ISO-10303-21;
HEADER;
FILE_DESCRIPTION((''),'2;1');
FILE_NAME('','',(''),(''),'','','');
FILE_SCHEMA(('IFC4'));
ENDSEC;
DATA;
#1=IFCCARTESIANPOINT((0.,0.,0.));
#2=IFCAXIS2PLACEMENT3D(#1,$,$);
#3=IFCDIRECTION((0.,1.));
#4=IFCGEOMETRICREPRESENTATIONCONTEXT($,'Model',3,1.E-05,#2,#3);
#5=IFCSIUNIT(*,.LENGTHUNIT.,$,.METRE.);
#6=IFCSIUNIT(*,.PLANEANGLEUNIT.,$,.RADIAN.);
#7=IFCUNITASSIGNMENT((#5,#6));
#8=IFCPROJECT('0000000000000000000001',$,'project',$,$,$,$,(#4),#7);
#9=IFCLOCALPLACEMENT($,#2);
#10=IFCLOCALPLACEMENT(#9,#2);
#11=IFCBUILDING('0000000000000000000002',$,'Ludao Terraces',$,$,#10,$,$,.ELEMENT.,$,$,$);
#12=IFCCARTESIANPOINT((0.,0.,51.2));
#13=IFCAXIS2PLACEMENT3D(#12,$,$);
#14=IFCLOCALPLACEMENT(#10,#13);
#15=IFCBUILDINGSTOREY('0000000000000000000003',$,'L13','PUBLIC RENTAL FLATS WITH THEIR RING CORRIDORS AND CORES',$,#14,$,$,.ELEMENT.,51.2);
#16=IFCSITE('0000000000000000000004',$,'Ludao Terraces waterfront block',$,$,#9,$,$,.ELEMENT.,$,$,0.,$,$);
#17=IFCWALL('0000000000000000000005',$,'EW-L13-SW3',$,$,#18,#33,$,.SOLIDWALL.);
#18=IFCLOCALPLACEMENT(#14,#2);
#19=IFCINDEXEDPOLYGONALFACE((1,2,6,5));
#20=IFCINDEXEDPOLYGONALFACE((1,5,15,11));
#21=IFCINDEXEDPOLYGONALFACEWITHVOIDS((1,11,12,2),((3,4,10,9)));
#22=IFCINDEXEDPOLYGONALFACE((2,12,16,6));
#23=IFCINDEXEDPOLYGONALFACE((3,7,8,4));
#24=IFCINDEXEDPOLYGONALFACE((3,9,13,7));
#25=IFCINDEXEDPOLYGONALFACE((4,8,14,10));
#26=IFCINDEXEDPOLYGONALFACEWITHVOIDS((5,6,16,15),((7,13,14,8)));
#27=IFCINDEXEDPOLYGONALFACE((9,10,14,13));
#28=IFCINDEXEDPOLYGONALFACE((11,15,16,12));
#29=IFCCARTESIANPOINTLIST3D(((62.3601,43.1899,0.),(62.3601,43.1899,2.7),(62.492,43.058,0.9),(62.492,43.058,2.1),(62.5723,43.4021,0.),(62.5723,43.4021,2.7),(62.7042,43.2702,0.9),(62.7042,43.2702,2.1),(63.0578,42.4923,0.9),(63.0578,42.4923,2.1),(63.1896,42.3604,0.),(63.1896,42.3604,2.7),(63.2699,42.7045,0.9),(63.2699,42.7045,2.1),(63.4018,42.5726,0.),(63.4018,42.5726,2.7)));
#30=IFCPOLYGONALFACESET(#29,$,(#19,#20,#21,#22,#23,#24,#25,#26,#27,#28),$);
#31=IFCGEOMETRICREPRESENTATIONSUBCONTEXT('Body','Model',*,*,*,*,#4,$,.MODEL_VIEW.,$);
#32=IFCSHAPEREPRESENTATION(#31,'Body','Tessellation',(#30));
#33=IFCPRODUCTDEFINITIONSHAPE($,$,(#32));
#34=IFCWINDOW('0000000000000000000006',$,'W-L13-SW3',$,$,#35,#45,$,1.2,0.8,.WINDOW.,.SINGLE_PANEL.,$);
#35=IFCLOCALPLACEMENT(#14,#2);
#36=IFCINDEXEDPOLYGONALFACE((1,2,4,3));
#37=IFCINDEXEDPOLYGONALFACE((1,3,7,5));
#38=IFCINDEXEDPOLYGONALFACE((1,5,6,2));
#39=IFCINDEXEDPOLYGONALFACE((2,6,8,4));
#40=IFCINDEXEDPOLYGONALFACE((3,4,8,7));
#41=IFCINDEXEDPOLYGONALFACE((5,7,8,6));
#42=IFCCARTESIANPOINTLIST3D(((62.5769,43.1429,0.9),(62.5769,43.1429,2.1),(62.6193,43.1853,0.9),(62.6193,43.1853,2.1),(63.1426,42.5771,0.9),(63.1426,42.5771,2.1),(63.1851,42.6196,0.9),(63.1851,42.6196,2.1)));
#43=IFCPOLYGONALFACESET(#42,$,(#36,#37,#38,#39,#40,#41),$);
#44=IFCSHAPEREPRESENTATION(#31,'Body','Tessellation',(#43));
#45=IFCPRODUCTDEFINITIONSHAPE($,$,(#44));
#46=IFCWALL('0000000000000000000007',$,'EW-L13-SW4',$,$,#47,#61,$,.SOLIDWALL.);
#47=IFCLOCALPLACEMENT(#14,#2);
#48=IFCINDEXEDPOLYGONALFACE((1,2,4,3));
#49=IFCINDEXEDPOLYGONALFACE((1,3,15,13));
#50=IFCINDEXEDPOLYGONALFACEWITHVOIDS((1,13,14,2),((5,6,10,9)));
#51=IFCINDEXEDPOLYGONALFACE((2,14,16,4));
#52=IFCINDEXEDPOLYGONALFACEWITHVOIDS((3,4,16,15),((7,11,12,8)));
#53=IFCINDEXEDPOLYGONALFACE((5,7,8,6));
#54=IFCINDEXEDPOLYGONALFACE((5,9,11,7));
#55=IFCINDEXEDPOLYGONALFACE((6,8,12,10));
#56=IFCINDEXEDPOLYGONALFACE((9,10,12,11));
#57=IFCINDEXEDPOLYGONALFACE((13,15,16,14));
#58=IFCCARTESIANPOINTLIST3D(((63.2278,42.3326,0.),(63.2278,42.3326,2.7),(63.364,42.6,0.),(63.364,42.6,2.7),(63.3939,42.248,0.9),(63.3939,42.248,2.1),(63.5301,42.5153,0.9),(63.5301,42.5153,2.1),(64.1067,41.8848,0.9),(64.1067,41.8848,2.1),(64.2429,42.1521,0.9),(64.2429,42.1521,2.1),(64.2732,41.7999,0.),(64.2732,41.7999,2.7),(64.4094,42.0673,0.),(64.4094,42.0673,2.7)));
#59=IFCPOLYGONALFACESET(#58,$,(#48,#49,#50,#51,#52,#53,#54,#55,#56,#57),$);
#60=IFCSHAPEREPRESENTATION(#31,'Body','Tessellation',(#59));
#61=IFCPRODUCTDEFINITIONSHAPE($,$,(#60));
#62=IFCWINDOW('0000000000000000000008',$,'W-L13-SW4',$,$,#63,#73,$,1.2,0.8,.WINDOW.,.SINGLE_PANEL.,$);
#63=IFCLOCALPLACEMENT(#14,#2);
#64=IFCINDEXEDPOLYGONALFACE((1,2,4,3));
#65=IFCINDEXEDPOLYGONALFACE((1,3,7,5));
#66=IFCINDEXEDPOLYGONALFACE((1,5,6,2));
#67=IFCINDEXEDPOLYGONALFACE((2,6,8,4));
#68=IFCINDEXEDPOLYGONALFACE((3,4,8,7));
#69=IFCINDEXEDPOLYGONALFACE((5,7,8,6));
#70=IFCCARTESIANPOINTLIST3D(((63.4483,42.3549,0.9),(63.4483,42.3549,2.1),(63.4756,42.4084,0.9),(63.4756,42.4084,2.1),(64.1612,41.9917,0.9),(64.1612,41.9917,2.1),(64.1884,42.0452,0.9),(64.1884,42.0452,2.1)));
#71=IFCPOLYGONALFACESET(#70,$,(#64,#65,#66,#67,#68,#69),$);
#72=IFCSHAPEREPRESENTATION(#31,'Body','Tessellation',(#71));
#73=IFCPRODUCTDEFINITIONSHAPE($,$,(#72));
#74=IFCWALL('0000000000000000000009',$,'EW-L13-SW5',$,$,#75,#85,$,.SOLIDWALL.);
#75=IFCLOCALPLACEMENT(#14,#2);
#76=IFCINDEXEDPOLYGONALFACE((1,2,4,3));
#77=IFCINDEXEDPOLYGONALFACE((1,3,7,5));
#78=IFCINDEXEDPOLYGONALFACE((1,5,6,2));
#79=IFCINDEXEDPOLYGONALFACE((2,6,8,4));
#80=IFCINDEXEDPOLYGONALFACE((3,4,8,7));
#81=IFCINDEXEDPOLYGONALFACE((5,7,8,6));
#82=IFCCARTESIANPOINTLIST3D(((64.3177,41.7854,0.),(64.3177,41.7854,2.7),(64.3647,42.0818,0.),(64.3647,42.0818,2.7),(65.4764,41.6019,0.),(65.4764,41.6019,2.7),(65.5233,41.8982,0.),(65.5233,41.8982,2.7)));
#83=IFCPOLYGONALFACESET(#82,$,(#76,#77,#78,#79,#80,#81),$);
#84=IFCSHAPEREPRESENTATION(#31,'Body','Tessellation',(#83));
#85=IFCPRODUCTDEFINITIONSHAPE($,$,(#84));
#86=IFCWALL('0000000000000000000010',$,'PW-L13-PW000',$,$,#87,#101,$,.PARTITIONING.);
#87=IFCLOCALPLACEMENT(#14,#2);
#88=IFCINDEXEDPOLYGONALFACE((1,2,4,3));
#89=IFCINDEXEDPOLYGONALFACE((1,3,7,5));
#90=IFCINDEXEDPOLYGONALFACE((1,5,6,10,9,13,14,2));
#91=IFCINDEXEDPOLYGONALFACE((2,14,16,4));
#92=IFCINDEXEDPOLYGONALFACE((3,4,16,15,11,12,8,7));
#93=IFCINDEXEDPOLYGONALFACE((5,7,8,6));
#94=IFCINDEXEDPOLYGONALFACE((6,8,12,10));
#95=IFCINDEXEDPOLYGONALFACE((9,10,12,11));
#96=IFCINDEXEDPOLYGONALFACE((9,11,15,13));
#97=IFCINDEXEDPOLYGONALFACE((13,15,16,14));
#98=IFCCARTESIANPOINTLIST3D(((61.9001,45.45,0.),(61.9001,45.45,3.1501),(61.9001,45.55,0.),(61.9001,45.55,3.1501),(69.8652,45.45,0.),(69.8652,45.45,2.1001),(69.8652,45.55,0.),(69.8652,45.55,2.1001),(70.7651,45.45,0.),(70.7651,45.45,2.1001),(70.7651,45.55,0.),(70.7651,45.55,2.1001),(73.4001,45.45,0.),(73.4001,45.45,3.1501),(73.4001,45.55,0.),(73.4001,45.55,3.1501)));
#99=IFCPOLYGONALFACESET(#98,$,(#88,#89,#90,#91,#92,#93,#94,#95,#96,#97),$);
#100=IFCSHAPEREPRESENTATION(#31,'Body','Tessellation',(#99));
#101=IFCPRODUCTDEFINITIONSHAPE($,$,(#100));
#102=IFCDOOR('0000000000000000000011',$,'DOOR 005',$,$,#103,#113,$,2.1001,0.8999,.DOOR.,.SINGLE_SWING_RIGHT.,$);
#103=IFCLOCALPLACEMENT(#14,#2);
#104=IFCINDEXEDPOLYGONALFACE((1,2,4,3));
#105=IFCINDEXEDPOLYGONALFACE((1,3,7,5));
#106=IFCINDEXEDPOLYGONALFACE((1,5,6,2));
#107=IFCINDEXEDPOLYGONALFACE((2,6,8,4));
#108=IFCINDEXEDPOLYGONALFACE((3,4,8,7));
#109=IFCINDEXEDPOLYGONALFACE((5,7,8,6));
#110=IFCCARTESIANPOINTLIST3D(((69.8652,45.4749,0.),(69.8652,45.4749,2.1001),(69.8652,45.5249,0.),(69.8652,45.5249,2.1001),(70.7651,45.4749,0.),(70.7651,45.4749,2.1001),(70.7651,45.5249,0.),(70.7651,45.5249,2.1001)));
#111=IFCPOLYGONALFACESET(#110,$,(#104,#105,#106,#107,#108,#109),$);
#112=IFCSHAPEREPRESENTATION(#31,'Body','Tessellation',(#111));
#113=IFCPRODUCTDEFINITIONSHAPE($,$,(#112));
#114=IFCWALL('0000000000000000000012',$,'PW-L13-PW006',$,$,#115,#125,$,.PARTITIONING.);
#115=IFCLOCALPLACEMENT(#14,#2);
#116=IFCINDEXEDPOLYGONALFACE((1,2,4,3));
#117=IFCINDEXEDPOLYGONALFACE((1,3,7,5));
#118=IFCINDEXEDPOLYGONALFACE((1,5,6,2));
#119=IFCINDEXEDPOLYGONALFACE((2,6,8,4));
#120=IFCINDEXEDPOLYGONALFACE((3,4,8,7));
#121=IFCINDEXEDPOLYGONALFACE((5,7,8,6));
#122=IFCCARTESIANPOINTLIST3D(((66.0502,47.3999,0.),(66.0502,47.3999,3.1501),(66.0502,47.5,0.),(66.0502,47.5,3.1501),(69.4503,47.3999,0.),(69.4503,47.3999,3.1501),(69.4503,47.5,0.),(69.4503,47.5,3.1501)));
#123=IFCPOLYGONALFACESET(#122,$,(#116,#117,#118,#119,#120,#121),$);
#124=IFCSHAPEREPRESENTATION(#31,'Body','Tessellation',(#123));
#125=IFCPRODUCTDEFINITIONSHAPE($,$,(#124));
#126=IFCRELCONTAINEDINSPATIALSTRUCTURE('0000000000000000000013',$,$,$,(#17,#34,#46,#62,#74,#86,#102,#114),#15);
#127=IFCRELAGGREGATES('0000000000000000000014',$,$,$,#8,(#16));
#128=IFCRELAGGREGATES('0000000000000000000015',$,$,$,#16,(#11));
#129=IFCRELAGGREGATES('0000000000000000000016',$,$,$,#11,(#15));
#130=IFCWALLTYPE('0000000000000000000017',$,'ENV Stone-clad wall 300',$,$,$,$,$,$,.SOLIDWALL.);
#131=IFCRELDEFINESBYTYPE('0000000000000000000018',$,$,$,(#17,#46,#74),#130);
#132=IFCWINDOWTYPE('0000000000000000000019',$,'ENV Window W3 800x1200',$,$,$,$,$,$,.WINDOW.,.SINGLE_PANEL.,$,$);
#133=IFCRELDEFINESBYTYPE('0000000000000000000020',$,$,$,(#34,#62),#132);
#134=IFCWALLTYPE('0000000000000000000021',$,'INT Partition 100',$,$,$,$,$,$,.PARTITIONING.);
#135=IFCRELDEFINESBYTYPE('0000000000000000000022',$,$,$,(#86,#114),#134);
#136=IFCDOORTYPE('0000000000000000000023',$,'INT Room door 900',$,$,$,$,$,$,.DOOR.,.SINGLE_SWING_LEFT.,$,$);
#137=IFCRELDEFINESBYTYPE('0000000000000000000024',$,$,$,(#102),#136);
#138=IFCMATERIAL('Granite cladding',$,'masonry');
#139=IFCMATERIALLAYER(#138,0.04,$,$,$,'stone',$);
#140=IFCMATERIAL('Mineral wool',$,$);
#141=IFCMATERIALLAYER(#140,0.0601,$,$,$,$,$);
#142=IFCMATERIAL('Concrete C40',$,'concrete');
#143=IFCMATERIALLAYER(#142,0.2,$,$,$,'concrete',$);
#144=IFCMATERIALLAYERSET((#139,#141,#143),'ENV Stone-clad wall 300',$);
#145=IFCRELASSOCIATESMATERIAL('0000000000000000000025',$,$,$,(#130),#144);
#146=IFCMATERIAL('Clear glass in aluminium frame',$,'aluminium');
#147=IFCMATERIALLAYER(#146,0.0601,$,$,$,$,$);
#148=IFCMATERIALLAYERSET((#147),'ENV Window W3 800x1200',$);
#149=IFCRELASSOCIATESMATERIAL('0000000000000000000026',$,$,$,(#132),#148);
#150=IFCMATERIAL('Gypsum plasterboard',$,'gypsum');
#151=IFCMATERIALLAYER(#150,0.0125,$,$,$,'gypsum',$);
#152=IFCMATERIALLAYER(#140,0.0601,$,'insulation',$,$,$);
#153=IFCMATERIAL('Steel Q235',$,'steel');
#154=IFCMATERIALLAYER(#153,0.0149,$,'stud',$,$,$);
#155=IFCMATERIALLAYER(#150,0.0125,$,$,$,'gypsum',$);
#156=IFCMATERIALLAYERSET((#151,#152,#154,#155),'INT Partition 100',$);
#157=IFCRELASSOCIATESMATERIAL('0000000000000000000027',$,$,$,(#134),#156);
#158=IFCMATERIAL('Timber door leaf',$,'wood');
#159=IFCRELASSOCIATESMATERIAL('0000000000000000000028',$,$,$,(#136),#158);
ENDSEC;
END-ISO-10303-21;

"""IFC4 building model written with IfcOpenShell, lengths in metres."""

from ifc_helpers import new_model, si_unit, direction, frame, frame_2d, origin, place, context, subcontext, project, spatial, rectangle, extrude, material, layer, layer_set, type_object, element, fill, save


model = new_model("IFC4")

# Units and contexts
model_context = context("Model", 3, precision=1e-05, world=origin(), true_north=direction((0.0, 1.0)))
body_context = subcontext(model_context, "Body", "Model", "MODEL_VIEW")
ifc_project = project(units=[si_unit("LENGTHUNIT", "METRE"), si_unit("PLANEANGLEUNIT", "RADIAN")], contexts=[model_context])

# Site, building, storey
site_placement = place(None, origin())
site = spatial("IfcSite", under=ifc_project, at=site_placement, Name="Ludao Terraces waterfront block", CompositionType="ELEMENT", RefElevation=0.0)
building_placement = place(site_placement, origin())
building = spatial("IfcBuilding", under=site, at=building_placement, Name="Ludao Terraces", CompositionType="ELEMENT")
storey_placement = place(building_placement, frame((0.0, 0.0, 51.2)))
storey = spatial("IfcBuildingStorey", under=building, at=storey_placement, Name="L13", Description="PUBLIC RENTAL FLATS WITH THEIR RING CORRIDORS AND CORES", CompositionType="ELEMENT", Elevation=51.2)

# Shared definitions
ifc_material_1 = material(Name="Concrete C40", Category="concrete")

# Shared definitions
ifc_material_2 = material(Name="Granite cladding", Category="masonry")
ifc_layer_1 = layer(ifc_material_2, 0.04, Category="stone")
ifc_material_3 = material(Name="Mineral wool")
ifc_layer_2 = layer(ifc_material_3, 0.0601)
ifc_layer_3 = layer(ifc_material_1, 0.2, Category="concrete")
ifc_layer_set_1 = layer_set([ifc_layer_1, ifc_layer_2, ifc_layer_3], Name="ENV Stone-clad wall 300")
wall_type_1 = type_object("IfcWallType", Name="ENV Stone-clad wall 300", PredefinedType="SOLIDWALL", material=ifc_layer_set_1)
ifc_material_4 = material(Name="Clear glass in aluminium frame", Category="aluminium")

# Walls, openings, windows
ifc_layer_4 = layer(ifc_material_4, 0.0601)
ifc_layer_set_2 = layer_set([ifc_layer_4], Name="ENV Window W3 800x1200")
window_type_1 = type_object("IfcWindowType", Name="ENV Window W3 800x1200", PartitioningType="SINGLE_PANEL", PredefinedType="WINDOW", material=ifc_layer_set_2)
wall_1_placement = place(storey_placement, frame((62.4663, 43.2959, 0.0), z_axis=(0.0, 0.0, 1.0), x_axis=(0.707107, -0.707107, 0.0)))
wall_1 = element("IfcWall", 1, at=wall_1_placement, inside=storey, type_object=wall_type_1, Name="EW-L13-SW3", PredefinedType="SOLIDWALL", context=body_context, shape_type="SweptSolid", body=[
    extrude(rectangle(XDim=1.1731, YDim=0.3, at=frame_2d((0.5864, 0.0))), origin(), (0.0, 0.0, 1.0), 2.7),
])
opening_1_placement = place(wall_1_placement, frame((0.1865, 0.0, 0.8999)))
opening_1 = element("IfcOpeningElement", 2, at=opening_1_placement, cuts=wall_1, PredefinedType="OPENING", context=body_context, shape_type="SweptSolid", body=[
    extrude(rectangle(XDim=0.8, YDim=1.2, at=frame_2d((0.3999, 0.6001))), frame((0.0, 0.1602, 0.0), z_axis=(0.0, -1.0, 0.0), x_axis=(1.0, 0.0, 0.0)), (0.0, 0.0, 1.0), 0.3201),
])
window_1_placement = place(opening_1_placement, origin())
window_1 = element("IfcWindow", 3, at=window_1_placement, inside=storey, type_object=window_type_1, Name="W-L13-SW3", OverallHeight=1.2, OverallWidth=0.8, PartitioningType="SINGLE_PANEL", PredefinedType="WINDOW", context=body_context, shape_type="SweptSolid", body=[
    extrude(rectangle(XDim=0.8, YDim=1.2, at=frame_2d((0.3999, 0.6001))), frame((0.0, 0.03, 0.0), z_axis=(0.0, -1.0, 0.0), x_axis=(1.0, 0.0, 0.0)), (0.0, 0.0, 1.0), 0.0601),
])
fill(opening_1, window_1)
wall_2_placement = place(storey_placement, frame((63.2959, 42.4663, 0.0), z_axis=(0.0, 0.0, 1.0), x_axis=(0.890989, -0.454026, 0.0)))
wall_2 = element("IfcWall", 4, at=wall_2_placement, inside=storey, type_object=wall_type_1, Name="EW-L13-SW4", PredefinedType="SOLIDWALL", context=body_context, shape_type="SweptSolid", body=[
    extrude(rectangle(XDim=1.1733, YDim=0.3, at=frame_2d((0.5867, 0.0))), origin(), (0.0, 0.0, 1.0), 2.7),
])
opening_2_placement = place(wall_2_placement, frame((0.1865, 0.0, 0.8999)))
opening_2 = element("IfcOpeningElement", 5, at=opening_2_placement, cuts=wall_2, PredefinedType="OPENING", context=body_context, shape_type="SweptSolid", body=[
    extrude(rectangle(XDim=0.8, YDim=1.2, at=frame_2d((0.3999, 0.6001))), frame((0.0, 0.1602, 0.0), z_axis=(0.0, -1.0, 0.0), x_axis=(1.0, 0.0, 0.0)), (0.0, 0.0, 1.0), 0.3201),
])
window_2_placement = place(opening_2_placement, origin())
window_2 = element("IfcWindow", 6, at=window_2_placement, inside=storey, type_object=window_type_1, Name="W-L13-SW4", OverallHeight=1.2, OverallWidth=0.8, PartitioningType="SINGLE_PANEL", PredefinedType="WINDOW", context=body_context, shape_type="SweptSolid", body=[
    extrude(rectangle(XDim=0.8, YDim=1.2, at=frame_2d((0.3999, 0.6001))), frame((0.0, 0.03, 0.0), z_axis=(0.0, -1.0, 0.0), x_axis=(1.0, 0.0, 0.0)), (0.0, 0.0, 1.0), 0.0601),
])
fill(opening_2, window_2)

# Wall
wall_3_placement = place(storey_placement, frame((64.3413, 41.9336, 0.0), z_axis=(0.0, 0.0, 1.0), x_axis=(0.987678, -0.156497, 0.0)))
element("IfcWall", 7, at=wall_3_placement, inside=storey, type_object=wall_type_1, Name="EW-L13-SW5", PredefinedType="SOLIDWALL", context=body_context, shape_type="SweptSolid", body=[
    extrude(rectangle(XDim=1.1731, YDim=0.3, at=frame_2d((0.5864, 0.0))), origin(), (0.0, 0.0, 1.0), 2.7),
])

# Wall, opening, door
ifc_material_5 = material(Name="Gypsum plasterboard", Category="gypsum")
ifc_layer_5 = layer(ifc_material_5, 0.0125, Category="gypsum")
ifc_layer_6 = layer(ifc_material_3, 0.0601, Name="insulation")
ifc_material_6 = material(Name="Steel Q235", Category="steel")
ifc_layer_7 = layer(ifc_material_6, 0.0149, Name="stud")
ifc_layer_8 = layer(ifc_material_5, 0.0125, Category="gypsum")
ifc_layer_set_3 = layer_set([ifc_layer_5, ifc_layer_6, ifc_layer_7, ifc_layer_8], Name="INT Partition 100")
wall_type_2 = type_object("IfcWallType", Name="INT Partition 100", PredefinedType="PARTITIONING", material=ifc_layer_set_3)
wall_4_placement = place(storey_placement, frame((61.9001, 45.5, 0.0), z_axis=(0.0, 0.0, 1.0), x_axis=(1.0, 0.0, 0.0)))
wall_4 = element("IfcWall", 8, at=wall_4_placement, inside=storey, type_object=wall_type_2, Name="PW-L13-PW000", PredefinedType="PARTITIONING", context=body_context, shape_type="SweptSolid", body=[
    extrude(rectangle(XDim=11.5, YDim=0.1001, at=frame_2d((5.75, 0.0))), origin(), (0.0, 0.0, 1.0), 3.1501),
])
opening_3_placement = place(wall_4_placement, frame((7.9651, 0.0, 0.0)))
opening_3 = element("IfcOpeningElement", 9, at=opening_3_placement, cuts=wall_4, PredefinedType="OPENING", context=body_context, shape_type="SweptSolid", body=[
    extrude(rectangle(XDim=0.8999, YDim=2.1001, at=frame_2d((0.45, 1.05))), frame((0.0, 0.0601, 0.0), z_axis=(0.0, -1.0, 0.0), x_axis=(1.0, 0.0, 0.0)), (0.0, 0.0, 1.0), 0.1201),
])
ifc_material_7 = material(Name="Timber door leaf", Category="wood")
door_type = type_object("IfcDoorType", Name="INT Room door 900", OperationType="SINGLE_SWING_LEFT", PredefinedType="DOOR", material=ifc_material_7)
door_placement = place(opening_3_placement, origin())
door = element("IfcDoor", 10, at=door_placement, inside=storey, type_object=door_type, Name="DOOR 005", OperationType="SINGLE_SWING_RIGHT", OverallHeight=2.1001, OverallWidth=0.8999, PredefinedType="DOOR", context=body_context, shape_type="SweptSolid", body=[
    extrude(rectangle(XDim=0.8999, YDim=2.1001, at=frame_2d((0.45, 1.05))), frame((0.0, 0.0249, 0.0), z_axis=(0.0, -1.0, 0.0), x_axis=(1.0, 0.0, 0.0)), (0.0, 0.0, 1.0), 0.05),
])
fill(opening_3, door)

# Wall
wall_5_placement = place(storey_placement, frame((66.05, 47.45, 0.0), z_axis=(0.0, 0.0, 1.0), x_axis=(1.0, 0.0, 0.0)))
element("IfcWall", 11, at=wall_5_placement, inside=storey, type_object=wall_type_2, Name="PW-L13-PW006", PredefinedType="PARTITIONING", context=body_context, shape_type="SweptSolid", body=[
    extrude(rectangle(XDim=3.4001, YDim=0.1001, at=frame_2d((1.7002, 0.0))), origin(), (0.0, 0.0, 1.0), 3.1501),
])

save(model, "model.ifc")
